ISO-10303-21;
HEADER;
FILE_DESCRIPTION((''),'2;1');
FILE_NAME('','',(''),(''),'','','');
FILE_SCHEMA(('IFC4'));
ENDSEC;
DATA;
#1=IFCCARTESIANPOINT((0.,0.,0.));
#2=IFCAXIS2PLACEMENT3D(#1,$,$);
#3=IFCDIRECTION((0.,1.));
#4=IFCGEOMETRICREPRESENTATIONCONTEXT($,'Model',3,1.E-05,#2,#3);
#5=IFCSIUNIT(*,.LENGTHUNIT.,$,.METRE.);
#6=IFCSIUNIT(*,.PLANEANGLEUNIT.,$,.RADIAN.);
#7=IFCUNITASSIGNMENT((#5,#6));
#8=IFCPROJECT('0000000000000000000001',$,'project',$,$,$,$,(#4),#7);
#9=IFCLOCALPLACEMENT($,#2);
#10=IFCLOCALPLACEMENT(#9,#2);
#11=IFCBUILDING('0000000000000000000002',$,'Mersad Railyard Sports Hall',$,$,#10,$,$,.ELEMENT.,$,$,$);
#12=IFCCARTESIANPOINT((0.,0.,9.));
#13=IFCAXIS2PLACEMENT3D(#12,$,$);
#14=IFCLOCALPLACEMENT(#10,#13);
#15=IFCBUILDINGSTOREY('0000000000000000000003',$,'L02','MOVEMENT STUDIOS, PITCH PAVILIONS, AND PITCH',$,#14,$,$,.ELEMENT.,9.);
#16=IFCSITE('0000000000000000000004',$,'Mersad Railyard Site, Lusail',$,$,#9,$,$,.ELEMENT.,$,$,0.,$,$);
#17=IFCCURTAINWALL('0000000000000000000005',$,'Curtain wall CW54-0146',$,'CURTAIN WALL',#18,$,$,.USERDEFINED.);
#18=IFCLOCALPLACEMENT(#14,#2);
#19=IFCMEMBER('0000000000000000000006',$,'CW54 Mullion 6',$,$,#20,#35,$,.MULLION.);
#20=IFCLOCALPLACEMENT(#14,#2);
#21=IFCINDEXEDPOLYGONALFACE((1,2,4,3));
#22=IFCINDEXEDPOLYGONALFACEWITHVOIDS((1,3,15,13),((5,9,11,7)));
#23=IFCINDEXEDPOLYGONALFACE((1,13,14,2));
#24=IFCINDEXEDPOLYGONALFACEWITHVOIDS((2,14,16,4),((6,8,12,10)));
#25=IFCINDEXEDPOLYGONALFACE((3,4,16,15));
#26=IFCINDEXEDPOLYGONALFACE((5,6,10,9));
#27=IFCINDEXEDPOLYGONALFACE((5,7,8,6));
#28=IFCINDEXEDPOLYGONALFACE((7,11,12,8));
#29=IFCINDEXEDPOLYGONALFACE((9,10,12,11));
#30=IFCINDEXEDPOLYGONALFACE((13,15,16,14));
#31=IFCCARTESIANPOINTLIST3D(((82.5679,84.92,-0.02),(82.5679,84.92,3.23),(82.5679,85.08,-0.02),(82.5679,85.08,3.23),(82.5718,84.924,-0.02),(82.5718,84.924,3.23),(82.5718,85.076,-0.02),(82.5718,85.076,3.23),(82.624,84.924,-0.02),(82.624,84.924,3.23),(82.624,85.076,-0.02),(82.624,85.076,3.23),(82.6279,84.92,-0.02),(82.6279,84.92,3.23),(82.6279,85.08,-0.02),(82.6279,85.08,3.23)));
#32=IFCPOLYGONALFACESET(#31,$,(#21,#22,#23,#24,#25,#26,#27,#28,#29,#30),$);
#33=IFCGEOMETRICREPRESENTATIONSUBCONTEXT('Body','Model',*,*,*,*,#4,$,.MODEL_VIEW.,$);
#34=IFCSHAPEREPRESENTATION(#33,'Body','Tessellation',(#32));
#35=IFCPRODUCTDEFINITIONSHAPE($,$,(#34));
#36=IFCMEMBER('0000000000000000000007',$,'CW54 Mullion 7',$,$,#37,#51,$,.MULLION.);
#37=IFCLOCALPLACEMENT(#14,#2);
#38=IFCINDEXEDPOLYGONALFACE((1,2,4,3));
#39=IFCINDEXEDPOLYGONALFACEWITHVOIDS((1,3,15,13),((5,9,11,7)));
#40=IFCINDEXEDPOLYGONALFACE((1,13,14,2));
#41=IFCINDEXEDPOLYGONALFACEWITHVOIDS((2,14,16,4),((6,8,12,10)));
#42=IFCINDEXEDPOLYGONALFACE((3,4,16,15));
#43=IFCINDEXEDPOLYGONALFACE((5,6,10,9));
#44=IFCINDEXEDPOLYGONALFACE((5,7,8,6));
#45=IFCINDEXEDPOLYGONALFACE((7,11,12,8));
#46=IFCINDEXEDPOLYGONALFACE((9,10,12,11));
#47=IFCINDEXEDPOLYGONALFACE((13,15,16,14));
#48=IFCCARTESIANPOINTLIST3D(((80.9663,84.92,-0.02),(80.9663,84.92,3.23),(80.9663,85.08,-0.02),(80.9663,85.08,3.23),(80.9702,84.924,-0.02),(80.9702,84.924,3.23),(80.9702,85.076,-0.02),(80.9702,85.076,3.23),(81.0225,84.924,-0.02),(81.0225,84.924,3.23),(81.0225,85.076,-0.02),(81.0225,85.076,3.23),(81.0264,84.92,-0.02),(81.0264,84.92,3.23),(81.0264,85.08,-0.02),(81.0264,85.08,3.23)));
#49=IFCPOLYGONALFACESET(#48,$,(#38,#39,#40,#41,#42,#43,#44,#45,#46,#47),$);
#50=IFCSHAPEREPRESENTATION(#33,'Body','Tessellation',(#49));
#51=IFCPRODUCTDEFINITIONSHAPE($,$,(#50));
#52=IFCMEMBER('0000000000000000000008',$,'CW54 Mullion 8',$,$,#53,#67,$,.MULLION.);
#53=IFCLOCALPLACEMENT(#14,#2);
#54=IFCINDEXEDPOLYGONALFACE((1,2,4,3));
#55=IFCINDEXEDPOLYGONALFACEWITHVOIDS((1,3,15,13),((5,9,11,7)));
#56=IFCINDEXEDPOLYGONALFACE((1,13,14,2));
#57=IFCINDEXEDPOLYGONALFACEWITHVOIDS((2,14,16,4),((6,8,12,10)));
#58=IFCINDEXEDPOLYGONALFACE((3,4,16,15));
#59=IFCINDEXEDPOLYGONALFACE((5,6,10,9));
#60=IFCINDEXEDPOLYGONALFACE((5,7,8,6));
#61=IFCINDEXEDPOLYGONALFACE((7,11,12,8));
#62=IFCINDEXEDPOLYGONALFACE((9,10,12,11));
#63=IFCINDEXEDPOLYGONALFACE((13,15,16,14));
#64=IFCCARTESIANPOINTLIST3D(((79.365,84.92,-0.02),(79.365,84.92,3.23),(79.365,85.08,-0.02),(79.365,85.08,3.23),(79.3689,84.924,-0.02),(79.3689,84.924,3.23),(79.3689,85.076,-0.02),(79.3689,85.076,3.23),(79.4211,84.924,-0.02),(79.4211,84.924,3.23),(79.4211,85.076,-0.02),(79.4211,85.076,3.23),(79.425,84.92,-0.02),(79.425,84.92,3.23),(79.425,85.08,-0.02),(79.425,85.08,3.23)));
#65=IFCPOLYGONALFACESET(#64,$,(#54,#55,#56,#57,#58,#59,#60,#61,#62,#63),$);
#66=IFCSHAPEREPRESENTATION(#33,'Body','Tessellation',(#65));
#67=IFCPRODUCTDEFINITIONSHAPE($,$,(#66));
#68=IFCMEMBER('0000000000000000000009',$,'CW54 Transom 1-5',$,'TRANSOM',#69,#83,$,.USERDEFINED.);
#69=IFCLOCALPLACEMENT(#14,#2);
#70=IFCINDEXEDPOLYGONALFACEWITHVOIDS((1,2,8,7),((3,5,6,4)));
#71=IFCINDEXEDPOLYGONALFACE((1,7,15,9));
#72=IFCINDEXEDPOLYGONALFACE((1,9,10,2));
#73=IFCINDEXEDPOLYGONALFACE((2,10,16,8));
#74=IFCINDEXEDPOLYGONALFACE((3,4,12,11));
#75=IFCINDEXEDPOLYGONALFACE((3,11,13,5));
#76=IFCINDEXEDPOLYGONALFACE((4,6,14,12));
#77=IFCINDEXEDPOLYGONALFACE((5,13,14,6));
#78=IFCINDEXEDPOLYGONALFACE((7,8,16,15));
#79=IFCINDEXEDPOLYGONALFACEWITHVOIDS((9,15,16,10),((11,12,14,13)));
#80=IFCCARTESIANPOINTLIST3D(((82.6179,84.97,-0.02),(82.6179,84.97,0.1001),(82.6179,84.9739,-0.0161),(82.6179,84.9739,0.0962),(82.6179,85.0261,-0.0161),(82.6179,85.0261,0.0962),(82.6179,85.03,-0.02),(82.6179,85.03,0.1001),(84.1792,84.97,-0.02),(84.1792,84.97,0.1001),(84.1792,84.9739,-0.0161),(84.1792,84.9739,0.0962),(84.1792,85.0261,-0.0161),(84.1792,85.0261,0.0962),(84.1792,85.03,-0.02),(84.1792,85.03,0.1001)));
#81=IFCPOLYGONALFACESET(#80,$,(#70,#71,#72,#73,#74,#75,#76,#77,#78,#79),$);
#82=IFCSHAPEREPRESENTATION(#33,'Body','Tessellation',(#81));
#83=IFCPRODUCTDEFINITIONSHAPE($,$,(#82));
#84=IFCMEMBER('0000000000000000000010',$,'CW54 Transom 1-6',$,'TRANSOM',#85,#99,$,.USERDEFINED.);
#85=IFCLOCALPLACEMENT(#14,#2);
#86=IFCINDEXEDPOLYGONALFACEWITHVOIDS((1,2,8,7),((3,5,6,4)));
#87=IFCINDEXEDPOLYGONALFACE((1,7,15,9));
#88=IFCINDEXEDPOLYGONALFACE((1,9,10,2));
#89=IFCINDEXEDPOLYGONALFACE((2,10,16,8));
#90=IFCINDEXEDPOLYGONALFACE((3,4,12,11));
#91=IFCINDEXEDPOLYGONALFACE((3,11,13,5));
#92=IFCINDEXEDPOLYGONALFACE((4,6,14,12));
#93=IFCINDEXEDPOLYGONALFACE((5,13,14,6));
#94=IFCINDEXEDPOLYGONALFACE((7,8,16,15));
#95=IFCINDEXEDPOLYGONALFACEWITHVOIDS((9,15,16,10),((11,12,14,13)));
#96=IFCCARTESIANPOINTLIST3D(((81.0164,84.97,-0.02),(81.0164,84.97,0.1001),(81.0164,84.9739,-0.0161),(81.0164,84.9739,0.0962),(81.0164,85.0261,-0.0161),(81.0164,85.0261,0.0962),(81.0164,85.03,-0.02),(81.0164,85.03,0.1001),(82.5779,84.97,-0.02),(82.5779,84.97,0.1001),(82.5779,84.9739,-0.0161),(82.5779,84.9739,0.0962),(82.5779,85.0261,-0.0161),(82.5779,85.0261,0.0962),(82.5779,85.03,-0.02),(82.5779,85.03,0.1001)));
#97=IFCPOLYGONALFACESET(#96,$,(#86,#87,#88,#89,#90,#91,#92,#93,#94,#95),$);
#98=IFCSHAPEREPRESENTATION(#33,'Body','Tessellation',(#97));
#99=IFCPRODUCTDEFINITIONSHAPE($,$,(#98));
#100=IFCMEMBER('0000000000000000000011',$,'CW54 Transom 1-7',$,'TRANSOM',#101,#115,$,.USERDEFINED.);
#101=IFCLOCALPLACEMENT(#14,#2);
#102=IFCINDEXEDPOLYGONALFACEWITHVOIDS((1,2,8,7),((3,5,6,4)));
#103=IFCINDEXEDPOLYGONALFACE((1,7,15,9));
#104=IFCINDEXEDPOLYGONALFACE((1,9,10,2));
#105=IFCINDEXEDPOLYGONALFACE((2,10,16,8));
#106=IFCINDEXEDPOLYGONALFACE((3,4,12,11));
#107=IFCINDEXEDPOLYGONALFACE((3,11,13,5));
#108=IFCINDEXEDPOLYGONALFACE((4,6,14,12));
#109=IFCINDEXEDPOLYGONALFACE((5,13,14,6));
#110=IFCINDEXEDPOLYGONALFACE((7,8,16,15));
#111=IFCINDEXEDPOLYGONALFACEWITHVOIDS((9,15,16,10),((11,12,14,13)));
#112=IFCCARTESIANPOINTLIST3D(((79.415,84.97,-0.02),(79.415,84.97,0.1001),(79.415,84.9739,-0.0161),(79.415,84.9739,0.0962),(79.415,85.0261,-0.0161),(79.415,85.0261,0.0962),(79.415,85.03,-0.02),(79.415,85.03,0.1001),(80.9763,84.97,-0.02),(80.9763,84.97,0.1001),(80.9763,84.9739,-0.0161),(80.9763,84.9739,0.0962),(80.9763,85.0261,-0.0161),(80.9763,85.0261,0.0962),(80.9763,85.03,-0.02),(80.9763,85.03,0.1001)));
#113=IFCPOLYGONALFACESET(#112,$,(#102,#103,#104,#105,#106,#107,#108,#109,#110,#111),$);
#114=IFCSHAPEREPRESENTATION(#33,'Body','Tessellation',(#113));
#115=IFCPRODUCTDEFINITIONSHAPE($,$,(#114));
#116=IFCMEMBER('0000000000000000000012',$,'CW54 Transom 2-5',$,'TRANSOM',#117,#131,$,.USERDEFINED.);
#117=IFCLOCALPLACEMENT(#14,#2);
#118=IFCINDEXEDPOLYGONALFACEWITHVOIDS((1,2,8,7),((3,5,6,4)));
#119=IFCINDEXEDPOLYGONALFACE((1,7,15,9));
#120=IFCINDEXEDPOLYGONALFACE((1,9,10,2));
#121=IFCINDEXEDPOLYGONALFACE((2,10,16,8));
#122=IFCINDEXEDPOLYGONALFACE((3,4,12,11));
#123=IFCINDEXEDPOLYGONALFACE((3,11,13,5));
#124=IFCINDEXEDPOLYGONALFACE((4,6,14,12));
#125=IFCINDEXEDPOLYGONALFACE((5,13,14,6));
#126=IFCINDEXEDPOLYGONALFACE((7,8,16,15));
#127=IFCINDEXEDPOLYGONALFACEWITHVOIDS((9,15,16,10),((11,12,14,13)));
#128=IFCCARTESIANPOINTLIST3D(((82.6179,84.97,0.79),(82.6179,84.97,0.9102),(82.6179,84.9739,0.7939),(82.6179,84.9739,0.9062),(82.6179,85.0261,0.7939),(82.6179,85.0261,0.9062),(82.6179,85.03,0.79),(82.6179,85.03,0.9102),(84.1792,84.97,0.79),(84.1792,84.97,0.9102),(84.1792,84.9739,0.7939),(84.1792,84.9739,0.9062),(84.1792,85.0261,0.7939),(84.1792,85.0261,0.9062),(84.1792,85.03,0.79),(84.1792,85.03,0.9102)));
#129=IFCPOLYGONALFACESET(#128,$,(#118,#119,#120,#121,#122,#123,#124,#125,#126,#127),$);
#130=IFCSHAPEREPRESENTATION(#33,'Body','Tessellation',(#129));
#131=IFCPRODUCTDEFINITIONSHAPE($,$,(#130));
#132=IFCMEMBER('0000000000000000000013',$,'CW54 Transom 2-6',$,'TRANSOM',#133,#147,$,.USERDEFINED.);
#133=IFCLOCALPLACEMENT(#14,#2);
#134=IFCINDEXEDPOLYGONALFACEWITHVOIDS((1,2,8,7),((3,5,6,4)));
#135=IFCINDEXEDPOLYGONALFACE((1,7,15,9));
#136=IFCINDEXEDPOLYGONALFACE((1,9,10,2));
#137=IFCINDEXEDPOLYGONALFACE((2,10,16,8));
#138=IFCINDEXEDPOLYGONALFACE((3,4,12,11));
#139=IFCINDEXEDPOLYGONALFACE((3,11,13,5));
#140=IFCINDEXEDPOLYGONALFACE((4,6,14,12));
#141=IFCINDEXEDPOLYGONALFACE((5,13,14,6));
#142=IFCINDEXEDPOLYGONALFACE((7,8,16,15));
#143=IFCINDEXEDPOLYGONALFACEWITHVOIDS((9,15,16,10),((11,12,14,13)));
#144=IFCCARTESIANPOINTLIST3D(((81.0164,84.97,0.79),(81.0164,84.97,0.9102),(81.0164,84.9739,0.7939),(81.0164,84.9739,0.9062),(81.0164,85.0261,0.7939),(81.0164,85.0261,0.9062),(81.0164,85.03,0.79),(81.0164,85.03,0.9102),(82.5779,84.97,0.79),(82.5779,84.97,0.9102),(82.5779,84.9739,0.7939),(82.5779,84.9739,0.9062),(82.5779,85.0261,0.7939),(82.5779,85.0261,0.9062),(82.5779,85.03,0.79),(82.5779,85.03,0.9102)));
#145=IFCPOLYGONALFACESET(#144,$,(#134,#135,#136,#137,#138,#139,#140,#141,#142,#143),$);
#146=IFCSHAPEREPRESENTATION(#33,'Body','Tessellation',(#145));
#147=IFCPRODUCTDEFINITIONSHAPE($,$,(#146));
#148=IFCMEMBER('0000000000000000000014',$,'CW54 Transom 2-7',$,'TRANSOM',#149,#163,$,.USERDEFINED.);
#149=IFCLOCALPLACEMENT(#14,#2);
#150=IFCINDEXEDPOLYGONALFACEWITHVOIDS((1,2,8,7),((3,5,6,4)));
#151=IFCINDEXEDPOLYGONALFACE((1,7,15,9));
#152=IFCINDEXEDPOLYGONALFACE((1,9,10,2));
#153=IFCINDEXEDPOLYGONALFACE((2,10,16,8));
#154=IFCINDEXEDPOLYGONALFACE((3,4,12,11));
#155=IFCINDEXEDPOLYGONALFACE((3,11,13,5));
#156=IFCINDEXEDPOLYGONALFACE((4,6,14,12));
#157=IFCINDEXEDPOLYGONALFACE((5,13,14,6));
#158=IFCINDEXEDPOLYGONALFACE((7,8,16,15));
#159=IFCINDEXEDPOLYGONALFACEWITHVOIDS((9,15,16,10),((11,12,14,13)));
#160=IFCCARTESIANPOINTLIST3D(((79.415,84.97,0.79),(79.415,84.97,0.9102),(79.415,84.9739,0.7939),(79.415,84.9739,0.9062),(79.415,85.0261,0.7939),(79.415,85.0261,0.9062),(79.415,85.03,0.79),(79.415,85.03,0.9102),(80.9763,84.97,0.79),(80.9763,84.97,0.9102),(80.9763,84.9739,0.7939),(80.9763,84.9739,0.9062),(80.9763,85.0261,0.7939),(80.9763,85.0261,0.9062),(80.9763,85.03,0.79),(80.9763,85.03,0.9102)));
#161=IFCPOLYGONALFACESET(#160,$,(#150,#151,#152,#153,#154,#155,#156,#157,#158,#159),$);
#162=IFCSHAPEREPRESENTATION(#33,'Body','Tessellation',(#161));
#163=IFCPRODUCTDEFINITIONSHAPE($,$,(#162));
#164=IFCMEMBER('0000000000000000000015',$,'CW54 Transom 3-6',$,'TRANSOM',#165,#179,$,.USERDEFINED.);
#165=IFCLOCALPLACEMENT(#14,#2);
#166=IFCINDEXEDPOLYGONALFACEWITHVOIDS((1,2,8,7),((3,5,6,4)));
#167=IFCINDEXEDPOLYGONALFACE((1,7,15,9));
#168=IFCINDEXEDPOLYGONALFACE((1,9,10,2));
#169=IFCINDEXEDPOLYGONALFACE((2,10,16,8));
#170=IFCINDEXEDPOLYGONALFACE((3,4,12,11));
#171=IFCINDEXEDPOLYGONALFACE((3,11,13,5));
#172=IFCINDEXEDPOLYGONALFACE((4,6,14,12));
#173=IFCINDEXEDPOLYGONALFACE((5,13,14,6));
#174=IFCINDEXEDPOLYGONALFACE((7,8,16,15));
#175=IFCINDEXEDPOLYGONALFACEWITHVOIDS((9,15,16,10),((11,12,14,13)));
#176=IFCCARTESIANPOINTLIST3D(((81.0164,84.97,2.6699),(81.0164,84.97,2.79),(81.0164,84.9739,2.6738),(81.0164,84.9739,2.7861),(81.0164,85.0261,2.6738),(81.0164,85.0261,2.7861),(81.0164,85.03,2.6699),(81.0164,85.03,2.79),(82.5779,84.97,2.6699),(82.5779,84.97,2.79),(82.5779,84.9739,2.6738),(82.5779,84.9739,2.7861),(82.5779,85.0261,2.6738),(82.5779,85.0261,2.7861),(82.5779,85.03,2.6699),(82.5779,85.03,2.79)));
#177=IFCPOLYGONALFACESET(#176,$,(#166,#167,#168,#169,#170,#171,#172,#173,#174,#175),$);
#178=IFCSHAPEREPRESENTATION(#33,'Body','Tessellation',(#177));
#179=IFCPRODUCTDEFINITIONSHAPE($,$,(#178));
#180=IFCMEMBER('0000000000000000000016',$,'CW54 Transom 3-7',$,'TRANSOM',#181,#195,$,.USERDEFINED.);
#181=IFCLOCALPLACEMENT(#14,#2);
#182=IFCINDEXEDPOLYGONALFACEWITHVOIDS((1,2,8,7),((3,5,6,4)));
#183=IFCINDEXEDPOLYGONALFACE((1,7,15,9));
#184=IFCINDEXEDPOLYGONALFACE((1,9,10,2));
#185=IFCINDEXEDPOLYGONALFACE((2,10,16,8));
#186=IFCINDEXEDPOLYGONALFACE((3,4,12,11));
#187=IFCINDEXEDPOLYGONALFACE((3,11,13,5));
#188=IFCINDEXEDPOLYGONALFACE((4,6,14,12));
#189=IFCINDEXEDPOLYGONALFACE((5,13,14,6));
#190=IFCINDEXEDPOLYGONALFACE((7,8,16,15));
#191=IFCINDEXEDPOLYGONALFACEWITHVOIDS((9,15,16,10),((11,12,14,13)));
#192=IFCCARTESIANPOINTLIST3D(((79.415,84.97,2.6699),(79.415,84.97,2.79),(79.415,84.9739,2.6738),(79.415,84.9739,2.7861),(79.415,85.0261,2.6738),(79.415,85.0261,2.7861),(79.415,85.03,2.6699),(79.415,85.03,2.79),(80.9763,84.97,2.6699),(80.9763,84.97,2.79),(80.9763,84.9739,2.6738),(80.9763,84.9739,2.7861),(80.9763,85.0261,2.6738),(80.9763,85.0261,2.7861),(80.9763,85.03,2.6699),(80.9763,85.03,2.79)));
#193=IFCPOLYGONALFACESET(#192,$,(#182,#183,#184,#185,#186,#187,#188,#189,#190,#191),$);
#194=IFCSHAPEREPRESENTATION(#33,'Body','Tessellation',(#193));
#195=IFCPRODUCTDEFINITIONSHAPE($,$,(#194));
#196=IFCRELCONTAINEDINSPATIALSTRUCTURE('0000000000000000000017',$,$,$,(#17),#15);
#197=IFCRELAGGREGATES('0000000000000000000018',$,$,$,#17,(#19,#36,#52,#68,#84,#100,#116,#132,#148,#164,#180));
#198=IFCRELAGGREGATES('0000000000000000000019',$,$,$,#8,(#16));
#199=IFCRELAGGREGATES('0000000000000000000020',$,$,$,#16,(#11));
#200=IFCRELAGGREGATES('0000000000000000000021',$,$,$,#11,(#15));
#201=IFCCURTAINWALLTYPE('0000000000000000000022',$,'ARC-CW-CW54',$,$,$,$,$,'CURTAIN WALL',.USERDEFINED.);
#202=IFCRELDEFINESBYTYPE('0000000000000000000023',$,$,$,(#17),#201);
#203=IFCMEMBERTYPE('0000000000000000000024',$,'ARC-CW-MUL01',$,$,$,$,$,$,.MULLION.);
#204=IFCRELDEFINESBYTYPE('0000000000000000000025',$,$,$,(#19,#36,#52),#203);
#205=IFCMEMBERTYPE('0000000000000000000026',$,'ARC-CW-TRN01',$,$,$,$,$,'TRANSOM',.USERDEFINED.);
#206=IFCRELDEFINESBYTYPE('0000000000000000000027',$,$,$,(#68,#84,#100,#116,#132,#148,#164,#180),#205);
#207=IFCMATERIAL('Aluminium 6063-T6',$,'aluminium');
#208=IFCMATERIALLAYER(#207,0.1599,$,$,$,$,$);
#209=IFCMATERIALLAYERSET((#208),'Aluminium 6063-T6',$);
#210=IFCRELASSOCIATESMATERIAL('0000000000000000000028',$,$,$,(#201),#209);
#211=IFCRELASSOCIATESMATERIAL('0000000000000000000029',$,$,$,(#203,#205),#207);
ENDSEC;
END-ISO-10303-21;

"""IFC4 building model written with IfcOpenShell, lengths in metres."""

from ifc_helpers import new_model, si_unit, direction, frame, origin, origin_2d, place, context, subcontext, project, spatial, hollow_rectangle, extrude, material, layer, layer_set, material_profile, profile_set, type_object, element, aggregate, save


model = new_model("IFC4")

# Units and contexts
model_context = context("Model", 3, precision=1e-05, world=origin(), true_north=direction((0.0, 1.0)))
body_context = subcontext(model_context, "Body", "Model", "MODEL_VIEW")
ifc_project = project(units=[si_unit("LENGTHUNIT", "METRE"), si_unit("PLANEANGLEUNIT", "RADIAN")], contexts=[model_context])

# Site, building, storey
site_placement = place(None, origin())
site = spatial("IfcSite", under=ifc_project, at=site_placement, Name="Mersad Railyard Site, Lusail", CompositionType="ELEMENT", RefElevation=0.0)
building_placement = place(site_placement, origin())
building = spatial("IfcBuilding", under=site, at=building_placement, Name="Mersad Railyard Sports Hall", CompositionType="ELEMENT")
storey_placement = place(building_placement, frame((0.0, 0.0, 9.0)))
storey = spatial("IfcBuildingStorey", under=building, at=storey_placement, Name="L02", Description="MOVEMENT STUDIOS, PITCH PAVILIONS, AND PITCH", CompositionType="ELEMENT", Elevation=9.0)

# Curtain wall, members
ifc_material_1 = material(Name="Aluminium 6063-T6", Category="aluminium")
ifc_layer_1 = layer(ifc_material_1, 0.1599)
ifc_layer_set_1 = layer_set([ifc_layer_1], Name="Aluminium 6063-T6")
curtain_wall_type = type_object("IfcCurtainWallType", Name="ARC-CW-CW54", ElementType="CURTAIN WALL", PredefinedType="USERDEFINED", material=ifc_layer_set_1)
curtain_wall_placement = place(storey_placement, origin())
curtain_wall = element("IfcCurtainWall", 1, at=curtain_wall_placement, inside=storey, type_object=curtain_wall_type, Name="Curtain wall CW54-0146", ObjectType="CURTAIN WALL", PredefinedType="USERDEFINED")
ifc_material_profile_1 = material_profile(ifc_material_1, hollow_rectangle(XDim=0.0601, YDim=0.1599, WallThickness=0.0039, at=origin_2d()), Name="AL MULLION 60x160x4")
ifc_profile_set_1 = profile_set([ifc_material_profile_1], Name="Aluminium 6063-T6")
member_type_1 = type_object("IfcMemberType", Name="ARC-CW-MUL01", PredefinedType="MULLION", material=ifc_profile_set_1)
member_1_placement = place(storey_placement, frame((82.5979, 85.0, -0.02), z_axis=(0.0, 0.0, 1.0), x_axis=(1.0, 0.0, 0.0)))
member_1 = element("IfcMember", 2, at=member_1_placement, type_object=member_type_1, Name="CW54 Mullion 6", PredefinedType="MULLION", context=body_context, shape_type="SweptSolid", body=[
    extrude(hollow_rectangle(XDim=0.0601, YDim=0.1599, WallThickness=0.0039, at=origin_2d()), origin(), (0.0, 0.0, 1.0), 3.25),
])
member_2_placement = place(storey_placement, frame((80.9963, 85.0, -0.02), z_axis=(0.0, 0.0, 1.0), x_axis=(1.0, 0.0, 0.0)))
member_2 = element("IfcMember", 3, at=member_2_placement, type_object=member_type_1, Name="CW54 Mullion 7", PredefinedType="MULLION", context=body_context, shape_type="SweptSolid", body=[
    extrude(hollow_rectangle(XDim=0.0601, YDim=0.1599, WallThickness=0.0039, at=origin_2d()), origin(), (0.0, 0.0, 1.0), 3.25),
])
member_3_placement = place(storey_placement, frame((79.395, 85.0, -0.02), z_axis=(0.0, 0.0, 1.0), x_axis=(1.0, 0.0, 0.0)))
member_3 = element("IfcMember", 4, at=member_3_placement, type_object=member_type_1, Name="CW54 Mullion 8", PredefinedType="MULLION", context=body_context, shape_type="SweptSolid", body=[
    extrude(hollow_rectangle(XDim=0.0601, YDim=0.1599, WallThickness=0.0039, at=origin_2d()), origin(), (0.0, 0.0, 1.0), 3.25),
])
ifc_material_profile_2 = material_profile(ifc_material_1, hollow_rectangle(XDim=0.0601, YDim=0.1201, WallThickness=0.0039, at=origin_2d()), Name="AL TRANSOM 60x120x4")
ifc_profile_set_2 = profile_set([ifc_material_profile_2], Name="Aluminium 6063-T6")
member_type_2 = type_object("IfcMemberType", Name="ARC-CW-TRN01", ElementType="TRANSOM", PredefinedType="USERDEFINED", material=ifc_profile_set_2)
member_4_placement = place(storey_placement, frame((84.1792, 85.0, 0.04), z_axis=(-1.0, 0.0, 0.0), x_axis=(0.0, -1.0, 0.0)))
member_4 = element("IfcMember", 5, at=member_4_placement, type_object=member_type_2, Name="CW54 Transom 1-5", ObjectType="TRANSOM", PredefinedType="USERDEFINED", context=body_context, shape_type="SweptSolid", body=[
    extrude(hollow_rectangle(XDim=0.0601, YDim=0.1201, WallThickness=0.0039, at=origin_2d()), origin(), (0.0, 0.0, 1.0), 1.5613),
])
member_5_placement = place(storey_placement, frame((82.5779, 85.0, 0.04), z_axis=(-1.0, 0.0, 0.0), x_axis=(0.0, -1.0, 0.0)))
member_5 = element("IfcMember", 6, at=member_5_placement, type_object=member_type_2, Name="CW54 Transom 1-6", ObjectType="TRANSOM", PredefinedType="USERDEFINED", context=body_context, shape_type="SweptSolid", body=[
    extrude(hollow_rectangle(XDim=0.0601, YDim=0.1201, WallThickness=0.0039, at=origin_2d()), origin(), (0.0, 0.0, 1.0), 1.5615),
])
member_6_placement = place(storey_placement, frame((80.9763, 85.0, 0.04), z_axis=(-1.0, 0.0, 0.0), x_axis=(0.0, -1.0, 0.0)))
member_6 = element("IfcMember", 7, at=member_6_placement, type_object=member_type_2, Name="CW54 Transom 1-7", ObjectType="TRANSOM", PredefinedType="USERDEFINED", context=body_context, shape_type="SweptSolid", body=[
    extrude(hollow_rectangle(XDim=0.0601, YDim=0.1201, WallThickness=0.0039, at=origin_2d()), origin(), (0.0, 0.0, 1.0), 1.5613),
])
member_7_placement = place(storey_placement, frame((84.1792, 85.0, 0.8501), z_axis=(-1.0, 0.0, 0.0), x_axis=(0.0, -1.0, 0.0)))
member_7 = element("IfcMember", 8, at=member_7_placement, type_object=member_type_2, Name="CW54 Transom 2-5", ObjectType="TRANSOM", PredefinedType="USERDEFINED", context=body_context, shape_type="SweptSolid", body=[
    extrude(hollow_rectangle(XDim=0.0601, YDim=0.1201, WallThickness=0.0039, at=origin_2d()), origin(), (0.0, 0.0, 1.0), 1.5613),
])
member_8_placement = place(storey_placement, frame((82.5779, 85.0, 0.8501), z_axis=(-1.0, 0.0, 0.0), x_axis=(0.0, -1.0, 0.0)))
member_8 = element("IfcMember", 9, at=member_8_placement, type_object=member_type_2, Name="CW54 Transom 2-6", ObjectType="TRANSOM", PredefinedType="USERDEFINED", context=body_context, shape_type="SweptSolid", body=[
    extrude(hollow_rectangle(XDim=0.0601, YDim=0.1201, WallThickness=0.0039, at=origin_2d()), origin(), (0.0, 0.0, 1.0), 1.5615),
])
member_9_placement = place(storey_placement, frame((80.9763, 85.0, 0.8501), z_axis=(-1.0, 0.0, 0.0), x_axis=(0.0, -1.0, 0.0)))
member_9 = element("IfcMember", 10, at=member_9_placement, type_object=member_type_2, Name="CW54 Transom 2-7", ObjectType="TRANSOM", PredefinedType="USERDEFINED", context=body_context, shape_type="SweptSolid", body=[
    extrude(hollow_rectangle(XDim=0.0601, YDim=0.1201, WallThickness=0.0039, at=origin_2d()), origin(), (0.0, 0.0, 1.0), 1.5613),
])
member_10_placement = place(storey_placement, frame((82.5779, 85.0, 2.73), z_axis=(-1.0, 0.0, 0.0), x_axis=(0.0, -1.0, 0.0)))
member_10 = element("IfcMember", 11, at=member_10_placement, type_object=member_type_2, Name="CW54 Transom 3-6", ObjectType="TRANSOM", PredefinedType="USERDEFINED", context=body_context, shape_type="SweptSolid", body=[
    extrude(hollow_rectangle(XDim=0.0601, YDim=0.1201, WallThickness=0.0039, at=origin_2d()), origin(), (0.0, 0.0, 1.0), 1.5615),
])
member_11_placement = place(storey_placement, frame((80.9763, 85.0, 2.73), z_axis=(-1.0, 0.0, 0.0), x_axis=(0.0, -1.0, 0.0)))
member_11 = element("IfcMember", 12, at=member_11_placement, type_object=member_type_2, Name="CW54 Transom 3-7", ObjectType="TRANSOM", PredefinedType="USERDEFINED", context=body_context, shape_type="SweptSolid", body=[
    extrude(hollow_rectangle(XDim=0.0601, YDim=0.1201, WallThickness=0.0039, at=origin_2d()), origin(), (0.0, 0.0, 1.0), 1.5613),
])
aggregate(curtain_wall, [member_1, member_2, member_3, member_4, member_5, member_6, member_7, member_8, member_9, member_10, member_11])

save(model, "model.ifc")
